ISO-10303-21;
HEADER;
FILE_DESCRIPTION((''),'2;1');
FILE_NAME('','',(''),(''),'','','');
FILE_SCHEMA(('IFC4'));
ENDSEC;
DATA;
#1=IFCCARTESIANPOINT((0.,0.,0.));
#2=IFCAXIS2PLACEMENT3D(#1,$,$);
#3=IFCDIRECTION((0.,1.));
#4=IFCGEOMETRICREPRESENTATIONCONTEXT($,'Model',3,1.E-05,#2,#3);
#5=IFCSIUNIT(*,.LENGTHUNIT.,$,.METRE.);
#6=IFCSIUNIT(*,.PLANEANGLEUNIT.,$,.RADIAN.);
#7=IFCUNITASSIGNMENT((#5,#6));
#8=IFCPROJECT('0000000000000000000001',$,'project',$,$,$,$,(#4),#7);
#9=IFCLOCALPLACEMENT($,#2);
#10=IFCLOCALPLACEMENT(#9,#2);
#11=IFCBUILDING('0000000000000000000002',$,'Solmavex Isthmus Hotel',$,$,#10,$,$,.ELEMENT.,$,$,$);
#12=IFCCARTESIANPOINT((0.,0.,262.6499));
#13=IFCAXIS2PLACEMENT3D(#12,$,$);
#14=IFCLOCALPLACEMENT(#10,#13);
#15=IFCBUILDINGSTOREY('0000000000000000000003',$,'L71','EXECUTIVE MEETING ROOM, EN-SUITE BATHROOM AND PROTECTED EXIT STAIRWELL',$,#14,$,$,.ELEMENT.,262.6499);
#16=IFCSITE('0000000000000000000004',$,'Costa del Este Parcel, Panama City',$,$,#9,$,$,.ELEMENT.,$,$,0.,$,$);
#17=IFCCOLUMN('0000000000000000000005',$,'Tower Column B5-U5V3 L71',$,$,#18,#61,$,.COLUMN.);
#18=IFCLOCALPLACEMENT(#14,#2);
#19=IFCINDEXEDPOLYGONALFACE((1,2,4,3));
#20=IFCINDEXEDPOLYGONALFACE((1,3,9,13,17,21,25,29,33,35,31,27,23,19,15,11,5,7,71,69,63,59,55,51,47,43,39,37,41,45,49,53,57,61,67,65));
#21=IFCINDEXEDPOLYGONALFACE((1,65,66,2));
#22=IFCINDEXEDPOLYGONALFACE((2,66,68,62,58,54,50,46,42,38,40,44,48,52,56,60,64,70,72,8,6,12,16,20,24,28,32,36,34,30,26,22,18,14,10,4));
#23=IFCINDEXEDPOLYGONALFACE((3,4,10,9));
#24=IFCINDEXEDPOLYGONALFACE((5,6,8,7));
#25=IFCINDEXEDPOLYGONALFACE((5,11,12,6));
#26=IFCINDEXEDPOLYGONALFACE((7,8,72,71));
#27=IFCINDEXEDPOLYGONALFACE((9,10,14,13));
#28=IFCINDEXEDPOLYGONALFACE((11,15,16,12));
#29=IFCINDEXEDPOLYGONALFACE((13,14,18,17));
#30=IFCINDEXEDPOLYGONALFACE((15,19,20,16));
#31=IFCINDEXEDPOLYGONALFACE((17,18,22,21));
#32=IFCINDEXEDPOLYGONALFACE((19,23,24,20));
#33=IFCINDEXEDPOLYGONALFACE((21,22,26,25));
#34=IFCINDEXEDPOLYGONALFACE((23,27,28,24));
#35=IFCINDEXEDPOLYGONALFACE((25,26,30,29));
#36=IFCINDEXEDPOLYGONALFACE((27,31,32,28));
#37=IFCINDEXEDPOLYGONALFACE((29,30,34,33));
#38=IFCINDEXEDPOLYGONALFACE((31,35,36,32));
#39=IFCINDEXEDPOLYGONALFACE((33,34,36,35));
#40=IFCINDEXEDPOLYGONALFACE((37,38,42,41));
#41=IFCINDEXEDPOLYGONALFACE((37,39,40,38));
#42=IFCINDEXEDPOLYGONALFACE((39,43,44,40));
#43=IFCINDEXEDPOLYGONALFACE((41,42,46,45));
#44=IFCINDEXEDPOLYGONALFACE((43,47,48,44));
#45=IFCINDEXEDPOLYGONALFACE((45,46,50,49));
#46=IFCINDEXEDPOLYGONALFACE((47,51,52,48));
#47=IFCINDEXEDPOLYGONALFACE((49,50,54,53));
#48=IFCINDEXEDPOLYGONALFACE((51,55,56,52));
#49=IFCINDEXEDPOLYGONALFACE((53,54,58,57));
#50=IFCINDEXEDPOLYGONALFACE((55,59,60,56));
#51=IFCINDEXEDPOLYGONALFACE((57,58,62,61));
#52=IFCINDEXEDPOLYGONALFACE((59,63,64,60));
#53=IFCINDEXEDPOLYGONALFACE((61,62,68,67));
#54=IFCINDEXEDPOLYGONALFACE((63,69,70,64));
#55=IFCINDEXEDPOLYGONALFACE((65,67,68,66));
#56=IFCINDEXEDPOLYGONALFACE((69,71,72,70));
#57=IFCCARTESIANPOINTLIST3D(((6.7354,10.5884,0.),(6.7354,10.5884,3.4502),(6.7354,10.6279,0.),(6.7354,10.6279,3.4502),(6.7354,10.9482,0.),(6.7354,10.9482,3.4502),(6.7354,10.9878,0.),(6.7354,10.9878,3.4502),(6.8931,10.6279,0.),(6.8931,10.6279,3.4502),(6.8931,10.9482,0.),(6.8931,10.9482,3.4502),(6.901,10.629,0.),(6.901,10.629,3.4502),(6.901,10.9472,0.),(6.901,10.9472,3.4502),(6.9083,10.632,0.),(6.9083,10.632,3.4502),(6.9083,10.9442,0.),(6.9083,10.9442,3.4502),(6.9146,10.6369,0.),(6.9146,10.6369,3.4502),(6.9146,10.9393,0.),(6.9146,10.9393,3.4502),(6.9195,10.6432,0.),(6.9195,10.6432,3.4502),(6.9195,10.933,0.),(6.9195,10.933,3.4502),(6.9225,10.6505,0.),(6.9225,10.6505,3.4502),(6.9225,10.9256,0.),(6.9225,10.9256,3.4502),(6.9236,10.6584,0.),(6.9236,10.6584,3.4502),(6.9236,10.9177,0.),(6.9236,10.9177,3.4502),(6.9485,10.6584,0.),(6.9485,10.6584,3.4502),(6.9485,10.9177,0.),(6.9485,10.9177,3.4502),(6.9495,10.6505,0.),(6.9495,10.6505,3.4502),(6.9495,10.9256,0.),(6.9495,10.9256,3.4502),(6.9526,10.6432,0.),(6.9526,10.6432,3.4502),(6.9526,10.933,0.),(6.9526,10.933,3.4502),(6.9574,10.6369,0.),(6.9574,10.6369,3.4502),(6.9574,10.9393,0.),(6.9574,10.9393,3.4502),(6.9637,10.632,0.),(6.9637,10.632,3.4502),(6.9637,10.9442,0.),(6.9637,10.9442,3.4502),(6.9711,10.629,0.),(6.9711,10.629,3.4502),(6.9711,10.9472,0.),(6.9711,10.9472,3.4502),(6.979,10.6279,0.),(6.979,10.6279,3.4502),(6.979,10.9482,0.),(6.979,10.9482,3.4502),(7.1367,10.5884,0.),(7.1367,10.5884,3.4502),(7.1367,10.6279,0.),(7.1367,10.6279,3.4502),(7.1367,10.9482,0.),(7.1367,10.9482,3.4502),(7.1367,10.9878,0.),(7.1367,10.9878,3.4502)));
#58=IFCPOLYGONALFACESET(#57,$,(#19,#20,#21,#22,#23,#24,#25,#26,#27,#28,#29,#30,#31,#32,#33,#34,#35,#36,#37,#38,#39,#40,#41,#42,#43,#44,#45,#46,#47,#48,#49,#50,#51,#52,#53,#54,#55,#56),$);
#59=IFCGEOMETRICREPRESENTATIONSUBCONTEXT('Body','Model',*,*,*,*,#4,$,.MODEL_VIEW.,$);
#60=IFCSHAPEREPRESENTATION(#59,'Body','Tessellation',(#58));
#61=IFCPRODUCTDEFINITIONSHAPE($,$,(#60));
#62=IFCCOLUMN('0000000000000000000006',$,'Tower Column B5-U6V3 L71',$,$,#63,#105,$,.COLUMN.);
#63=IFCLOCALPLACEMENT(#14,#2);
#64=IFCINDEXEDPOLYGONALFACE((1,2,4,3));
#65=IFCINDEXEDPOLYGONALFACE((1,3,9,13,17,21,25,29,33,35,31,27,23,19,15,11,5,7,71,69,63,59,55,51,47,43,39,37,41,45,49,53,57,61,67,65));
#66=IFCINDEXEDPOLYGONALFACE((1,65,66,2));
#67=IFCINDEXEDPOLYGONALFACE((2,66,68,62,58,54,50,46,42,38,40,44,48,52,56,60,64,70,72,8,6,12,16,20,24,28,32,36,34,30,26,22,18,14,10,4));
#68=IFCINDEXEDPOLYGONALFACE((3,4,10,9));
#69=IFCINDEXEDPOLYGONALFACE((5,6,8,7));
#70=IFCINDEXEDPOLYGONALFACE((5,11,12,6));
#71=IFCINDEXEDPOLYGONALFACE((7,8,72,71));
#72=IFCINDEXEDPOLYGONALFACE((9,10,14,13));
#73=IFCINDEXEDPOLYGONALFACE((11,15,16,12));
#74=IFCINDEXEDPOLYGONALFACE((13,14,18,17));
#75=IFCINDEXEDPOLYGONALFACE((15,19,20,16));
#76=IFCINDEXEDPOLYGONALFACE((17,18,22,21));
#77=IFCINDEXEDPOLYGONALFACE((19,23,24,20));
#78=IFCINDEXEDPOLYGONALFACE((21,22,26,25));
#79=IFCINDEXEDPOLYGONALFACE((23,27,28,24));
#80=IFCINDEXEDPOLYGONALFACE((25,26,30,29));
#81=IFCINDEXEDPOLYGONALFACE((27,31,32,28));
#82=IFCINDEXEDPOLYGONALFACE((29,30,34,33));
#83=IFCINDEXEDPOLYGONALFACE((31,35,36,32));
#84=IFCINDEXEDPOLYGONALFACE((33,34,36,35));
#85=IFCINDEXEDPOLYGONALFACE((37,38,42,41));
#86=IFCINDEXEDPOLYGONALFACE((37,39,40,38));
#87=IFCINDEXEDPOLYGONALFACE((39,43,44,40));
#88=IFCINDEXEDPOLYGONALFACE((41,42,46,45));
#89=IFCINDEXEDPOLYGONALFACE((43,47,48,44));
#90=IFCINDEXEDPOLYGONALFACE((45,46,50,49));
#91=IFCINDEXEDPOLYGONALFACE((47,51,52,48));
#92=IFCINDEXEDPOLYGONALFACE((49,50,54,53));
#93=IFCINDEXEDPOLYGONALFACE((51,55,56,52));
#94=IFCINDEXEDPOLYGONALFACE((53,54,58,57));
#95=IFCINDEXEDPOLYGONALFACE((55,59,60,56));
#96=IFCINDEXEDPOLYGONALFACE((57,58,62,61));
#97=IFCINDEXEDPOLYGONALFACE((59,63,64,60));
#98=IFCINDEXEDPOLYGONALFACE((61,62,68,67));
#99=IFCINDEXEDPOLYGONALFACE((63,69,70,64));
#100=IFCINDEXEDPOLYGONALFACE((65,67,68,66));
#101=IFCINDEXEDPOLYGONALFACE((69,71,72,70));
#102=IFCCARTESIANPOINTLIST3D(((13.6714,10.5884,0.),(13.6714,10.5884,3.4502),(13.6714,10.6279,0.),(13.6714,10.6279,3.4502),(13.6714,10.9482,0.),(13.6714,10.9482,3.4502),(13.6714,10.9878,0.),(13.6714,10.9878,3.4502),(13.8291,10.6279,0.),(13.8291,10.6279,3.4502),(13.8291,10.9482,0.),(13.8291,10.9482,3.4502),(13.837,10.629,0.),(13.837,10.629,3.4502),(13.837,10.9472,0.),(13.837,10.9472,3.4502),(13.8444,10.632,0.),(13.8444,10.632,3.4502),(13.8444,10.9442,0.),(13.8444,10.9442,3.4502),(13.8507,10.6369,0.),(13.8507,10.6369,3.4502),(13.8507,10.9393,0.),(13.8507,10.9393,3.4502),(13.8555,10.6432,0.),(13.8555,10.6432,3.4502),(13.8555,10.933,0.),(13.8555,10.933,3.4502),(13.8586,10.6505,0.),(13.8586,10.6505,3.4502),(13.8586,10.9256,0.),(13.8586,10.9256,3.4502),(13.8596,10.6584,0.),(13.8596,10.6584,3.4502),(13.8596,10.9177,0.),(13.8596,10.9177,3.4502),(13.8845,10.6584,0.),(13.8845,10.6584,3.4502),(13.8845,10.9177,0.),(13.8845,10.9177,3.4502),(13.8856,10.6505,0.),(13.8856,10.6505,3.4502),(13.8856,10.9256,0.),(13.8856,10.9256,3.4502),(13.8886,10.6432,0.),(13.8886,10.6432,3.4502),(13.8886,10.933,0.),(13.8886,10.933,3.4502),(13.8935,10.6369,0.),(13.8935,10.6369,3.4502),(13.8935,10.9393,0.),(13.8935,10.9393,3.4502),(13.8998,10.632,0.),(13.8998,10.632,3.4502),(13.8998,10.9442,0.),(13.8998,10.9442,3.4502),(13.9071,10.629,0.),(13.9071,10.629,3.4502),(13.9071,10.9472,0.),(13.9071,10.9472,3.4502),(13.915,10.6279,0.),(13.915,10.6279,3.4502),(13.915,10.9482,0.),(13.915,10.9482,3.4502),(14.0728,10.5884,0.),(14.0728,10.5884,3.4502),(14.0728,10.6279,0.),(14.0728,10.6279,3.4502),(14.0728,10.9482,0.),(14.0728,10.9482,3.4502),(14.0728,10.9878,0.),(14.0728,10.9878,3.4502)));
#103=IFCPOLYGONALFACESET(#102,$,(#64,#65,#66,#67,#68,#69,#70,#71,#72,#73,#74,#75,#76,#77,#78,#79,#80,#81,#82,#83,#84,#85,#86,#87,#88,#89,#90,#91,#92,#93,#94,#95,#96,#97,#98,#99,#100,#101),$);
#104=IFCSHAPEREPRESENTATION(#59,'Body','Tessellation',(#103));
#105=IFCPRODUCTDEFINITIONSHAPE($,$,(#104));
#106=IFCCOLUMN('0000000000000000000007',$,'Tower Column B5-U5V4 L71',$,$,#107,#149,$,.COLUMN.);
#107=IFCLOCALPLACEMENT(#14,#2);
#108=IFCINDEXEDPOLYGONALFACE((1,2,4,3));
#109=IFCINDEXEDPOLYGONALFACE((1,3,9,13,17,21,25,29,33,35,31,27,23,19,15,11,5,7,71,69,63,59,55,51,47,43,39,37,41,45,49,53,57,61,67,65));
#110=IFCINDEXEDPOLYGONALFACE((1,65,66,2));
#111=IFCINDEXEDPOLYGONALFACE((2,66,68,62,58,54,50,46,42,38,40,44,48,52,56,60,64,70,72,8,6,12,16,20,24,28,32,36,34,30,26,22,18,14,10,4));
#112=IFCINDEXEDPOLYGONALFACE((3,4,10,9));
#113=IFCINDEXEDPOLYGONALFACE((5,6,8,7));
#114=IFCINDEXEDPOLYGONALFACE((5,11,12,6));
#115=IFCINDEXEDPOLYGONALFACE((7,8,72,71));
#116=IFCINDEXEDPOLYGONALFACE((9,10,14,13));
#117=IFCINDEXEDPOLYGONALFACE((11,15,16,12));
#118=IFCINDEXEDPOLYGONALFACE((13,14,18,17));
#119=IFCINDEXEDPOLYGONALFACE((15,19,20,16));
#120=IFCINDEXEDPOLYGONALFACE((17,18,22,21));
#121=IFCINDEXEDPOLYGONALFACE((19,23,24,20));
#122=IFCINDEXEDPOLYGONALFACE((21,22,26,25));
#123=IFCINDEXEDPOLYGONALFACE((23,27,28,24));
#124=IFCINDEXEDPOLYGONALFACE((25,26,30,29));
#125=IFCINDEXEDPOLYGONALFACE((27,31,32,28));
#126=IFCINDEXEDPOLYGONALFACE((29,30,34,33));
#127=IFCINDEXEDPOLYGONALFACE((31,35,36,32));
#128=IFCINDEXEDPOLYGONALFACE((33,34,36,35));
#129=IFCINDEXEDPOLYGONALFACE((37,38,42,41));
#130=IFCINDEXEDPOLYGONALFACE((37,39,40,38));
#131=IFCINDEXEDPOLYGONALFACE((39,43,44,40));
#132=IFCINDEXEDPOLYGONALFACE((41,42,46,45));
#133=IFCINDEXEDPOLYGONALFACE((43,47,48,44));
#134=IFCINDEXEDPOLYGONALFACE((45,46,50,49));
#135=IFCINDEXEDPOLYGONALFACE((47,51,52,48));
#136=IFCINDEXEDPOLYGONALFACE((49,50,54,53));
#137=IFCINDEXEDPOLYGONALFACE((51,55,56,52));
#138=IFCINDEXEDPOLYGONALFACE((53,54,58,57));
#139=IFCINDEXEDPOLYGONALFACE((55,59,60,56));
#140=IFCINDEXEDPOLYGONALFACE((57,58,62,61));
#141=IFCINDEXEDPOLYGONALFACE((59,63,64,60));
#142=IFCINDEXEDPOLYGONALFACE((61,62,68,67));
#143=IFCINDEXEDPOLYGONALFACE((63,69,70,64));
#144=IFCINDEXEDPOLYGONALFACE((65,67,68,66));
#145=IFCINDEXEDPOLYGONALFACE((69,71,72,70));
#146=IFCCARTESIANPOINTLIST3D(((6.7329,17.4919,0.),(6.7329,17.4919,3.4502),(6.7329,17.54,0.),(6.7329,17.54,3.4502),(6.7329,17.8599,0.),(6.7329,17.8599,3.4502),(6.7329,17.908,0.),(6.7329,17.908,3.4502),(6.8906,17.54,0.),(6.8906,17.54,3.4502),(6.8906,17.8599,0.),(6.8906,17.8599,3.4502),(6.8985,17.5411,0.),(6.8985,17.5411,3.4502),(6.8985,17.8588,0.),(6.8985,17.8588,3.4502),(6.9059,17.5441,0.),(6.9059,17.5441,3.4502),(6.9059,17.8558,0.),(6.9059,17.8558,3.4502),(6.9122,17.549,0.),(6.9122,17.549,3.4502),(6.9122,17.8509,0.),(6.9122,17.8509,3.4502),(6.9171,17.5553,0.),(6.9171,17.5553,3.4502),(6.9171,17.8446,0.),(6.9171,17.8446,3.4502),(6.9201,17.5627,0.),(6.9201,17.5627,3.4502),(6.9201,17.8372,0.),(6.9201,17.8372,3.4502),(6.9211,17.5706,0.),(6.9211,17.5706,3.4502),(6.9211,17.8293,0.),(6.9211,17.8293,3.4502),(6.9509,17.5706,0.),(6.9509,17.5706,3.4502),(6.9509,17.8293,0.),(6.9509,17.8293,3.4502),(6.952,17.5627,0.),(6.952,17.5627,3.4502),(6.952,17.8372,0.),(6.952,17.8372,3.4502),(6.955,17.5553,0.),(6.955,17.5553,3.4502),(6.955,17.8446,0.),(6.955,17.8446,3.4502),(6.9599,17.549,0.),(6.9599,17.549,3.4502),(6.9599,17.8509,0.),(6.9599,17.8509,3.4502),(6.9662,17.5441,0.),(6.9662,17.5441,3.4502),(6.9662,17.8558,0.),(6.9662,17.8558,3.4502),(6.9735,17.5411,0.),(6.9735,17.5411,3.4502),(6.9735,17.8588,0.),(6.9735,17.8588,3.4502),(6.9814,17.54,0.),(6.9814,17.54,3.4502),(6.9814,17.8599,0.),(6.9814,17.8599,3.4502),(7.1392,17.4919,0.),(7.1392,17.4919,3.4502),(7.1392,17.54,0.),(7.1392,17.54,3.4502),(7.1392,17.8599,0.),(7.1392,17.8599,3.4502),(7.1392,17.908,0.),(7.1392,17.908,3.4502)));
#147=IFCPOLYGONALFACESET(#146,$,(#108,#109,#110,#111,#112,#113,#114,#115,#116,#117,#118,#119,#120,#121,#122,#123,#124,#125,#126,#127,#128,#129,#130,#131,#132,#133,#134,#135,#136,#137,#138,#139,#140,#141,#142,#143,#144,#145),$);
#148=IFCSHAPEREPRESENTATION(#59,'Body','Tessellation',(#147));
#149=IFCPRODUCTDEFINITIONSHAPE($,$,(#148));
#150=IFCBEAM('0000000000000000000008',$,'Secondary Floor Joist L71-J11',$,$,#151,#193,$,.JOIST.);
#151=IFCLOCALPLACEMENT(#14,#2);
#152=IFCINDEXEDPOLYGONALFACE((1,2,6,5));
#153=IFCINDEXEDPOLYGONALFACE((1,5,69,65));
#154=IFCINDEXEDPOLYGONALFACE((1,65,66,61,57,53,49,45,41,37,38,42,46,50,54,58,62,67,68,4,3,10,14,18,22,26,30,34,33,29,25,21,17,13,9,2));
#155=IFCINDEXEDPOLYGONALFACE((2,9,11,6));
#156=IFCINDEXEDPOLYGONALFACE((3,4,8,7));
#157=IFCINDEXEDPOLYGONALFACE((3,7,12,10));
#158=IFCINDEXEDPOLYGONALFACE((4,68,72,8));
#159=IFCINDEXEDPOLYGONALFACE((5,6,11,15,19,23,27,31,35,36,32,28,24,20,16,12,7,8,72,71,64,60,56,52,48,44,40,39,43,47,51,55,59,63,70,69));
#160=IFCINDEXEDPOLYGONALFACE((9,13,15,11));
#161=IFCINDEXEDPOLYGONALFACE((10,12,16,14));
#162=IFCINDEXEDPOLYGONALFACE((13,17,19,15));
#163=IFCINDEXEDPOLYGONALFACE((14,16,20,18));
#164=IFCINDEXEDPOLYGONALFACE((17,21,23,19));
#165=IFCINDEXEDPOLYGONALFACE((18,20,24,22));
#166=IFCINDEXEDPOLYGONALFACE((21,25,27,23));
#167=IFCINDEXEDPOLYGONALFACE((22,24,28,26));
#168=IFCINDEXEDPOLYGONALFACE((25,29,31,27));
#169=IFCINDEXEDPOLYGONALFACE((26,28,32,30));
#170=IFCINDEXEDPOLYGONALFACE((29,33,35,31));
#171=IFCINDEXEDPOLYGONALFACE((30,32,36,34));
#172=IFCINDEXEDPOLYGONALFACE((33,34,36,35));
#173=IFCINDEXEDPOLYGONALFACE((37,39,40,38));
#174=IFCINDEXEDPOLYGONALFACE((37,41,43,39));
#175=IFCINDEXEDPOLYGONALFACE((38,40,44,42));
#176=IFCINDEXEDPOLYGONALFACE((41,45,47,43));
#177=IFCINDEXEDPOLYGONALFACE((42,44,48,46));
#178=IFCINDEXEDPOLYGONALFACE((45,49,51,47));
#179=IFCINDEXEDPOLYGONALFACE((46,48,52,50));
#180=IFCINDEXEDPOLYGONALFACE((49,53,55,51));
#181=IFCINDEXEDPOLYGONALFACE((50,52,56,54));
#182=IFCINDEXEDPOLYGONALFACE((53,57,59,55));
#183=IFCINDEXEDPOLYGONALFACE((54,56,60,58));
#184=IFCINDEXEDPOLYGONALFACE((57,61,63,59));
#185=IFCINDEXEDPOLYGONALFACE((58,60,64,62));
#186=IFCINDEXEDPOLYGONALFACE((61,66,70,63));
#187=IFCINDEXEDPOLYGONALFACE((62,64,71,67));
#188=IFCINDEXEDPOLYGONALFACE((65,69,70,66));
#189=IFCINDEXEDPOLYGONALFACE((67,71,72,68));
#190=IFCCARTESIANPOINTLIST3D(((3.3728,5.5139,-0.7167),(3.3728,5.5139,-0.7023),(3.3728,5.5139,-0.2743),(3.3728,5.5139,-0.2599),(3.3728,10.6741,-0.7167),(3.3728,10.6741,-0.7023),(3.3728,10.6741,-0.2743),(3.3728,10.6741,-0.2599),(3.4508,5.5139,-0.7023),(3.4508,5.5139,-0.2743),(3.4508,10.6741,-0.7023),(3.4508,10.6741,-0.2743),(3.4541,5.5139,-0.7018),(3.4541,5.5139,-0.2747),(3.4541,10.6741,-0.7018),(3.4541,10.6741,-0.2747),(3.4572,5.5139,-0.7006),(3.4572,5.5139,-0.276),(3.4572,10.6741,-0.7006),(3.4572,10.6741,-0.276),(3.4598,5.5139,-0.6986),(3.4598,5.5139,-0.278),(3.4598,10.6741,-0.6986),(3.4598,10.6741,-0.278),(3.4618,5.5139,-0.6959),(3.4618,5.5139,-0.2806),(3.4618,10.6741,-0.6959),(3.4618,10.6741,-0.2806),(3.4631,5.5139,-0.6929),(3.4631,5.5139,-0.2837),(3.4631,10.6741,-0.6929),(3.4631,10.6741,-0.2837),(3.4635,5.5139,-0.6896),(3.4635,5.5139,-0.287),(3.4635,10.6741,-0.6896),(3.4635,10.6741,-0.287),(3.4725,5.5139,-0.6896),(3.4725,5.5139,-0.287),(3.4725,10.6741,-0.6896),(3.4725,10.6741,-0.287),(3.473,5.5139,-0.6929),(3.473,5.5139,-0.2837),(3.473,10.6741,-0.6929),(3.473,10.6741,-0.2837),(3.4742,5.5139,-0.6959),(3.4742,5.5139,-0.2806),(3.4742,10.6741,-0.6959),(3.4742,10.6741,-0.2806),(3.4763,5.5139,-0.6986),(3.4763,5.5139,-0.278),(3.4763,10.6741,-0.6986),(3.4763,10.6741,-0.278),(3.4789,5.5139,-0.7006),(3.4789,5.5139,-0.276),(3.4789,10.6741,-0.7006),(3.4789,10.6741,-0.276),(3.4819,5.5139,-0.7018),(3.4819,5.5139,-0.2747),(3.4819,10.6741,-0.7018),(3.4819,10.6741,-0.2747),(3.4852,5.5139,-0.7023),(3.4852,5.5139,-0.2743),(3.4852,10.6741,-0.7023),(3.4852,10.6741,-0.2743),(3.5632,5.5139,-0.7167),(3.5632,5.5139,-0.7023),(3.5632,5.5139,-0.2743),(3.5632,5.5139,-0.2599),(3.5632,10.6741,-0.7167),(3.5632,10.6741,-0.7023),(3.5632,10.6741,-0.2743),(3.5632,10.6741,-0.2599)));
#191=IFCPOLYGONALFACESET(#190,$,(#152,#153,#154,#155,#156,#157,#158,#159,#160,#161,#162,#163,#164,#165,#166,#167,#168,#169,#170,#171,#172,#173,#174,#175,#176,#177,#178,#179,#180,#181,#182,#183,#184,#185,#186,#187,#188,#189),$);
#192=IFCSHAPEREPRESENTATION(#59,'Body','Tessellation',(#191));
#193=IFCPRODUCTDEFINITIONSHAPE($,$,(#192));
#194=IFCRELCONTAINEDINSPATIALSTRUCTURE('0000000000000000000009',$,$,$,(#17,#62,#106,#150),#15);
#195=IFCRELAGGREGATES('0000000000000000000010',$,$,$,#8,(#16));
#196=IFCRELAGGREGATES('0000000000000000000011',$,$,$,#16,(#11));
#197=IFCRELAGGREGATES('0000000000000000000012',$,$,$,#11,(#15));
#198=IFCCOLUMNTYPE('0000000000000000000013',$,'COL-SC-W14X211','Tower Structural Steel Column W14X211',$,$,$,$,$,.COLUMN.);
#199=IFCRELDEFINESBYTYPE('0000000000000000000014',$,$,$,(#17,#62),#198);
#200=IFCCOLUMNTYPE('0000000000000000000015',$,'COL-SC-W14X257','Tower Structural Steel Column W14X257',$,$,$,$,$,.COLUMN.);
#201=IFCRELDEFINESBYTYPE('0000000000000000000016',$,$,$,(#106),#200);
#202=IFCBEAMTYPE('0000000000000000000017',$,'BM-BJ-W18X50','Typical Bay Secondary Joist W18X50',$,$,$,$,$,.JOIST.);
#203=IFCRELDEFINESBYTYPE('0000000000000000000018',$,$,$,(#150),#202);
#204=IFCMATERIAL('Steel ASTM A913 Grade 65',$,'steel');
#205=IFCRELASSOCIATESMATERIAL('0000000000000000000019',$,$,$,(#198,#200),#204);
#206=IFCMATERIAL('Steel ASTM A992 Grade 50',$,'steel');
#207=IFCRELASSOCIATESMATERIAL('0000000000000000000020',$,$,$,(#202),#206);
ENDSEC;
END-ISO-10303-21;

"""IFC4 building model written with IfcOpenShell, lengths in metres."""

from ifc_helpers import new_model, si_unit, direction, frame, origin, origin_2d, place, context, subcontext, project, spatial, i_section, extrude, material, material_profile, profile_set, type_object, element, save


model = new_model("IFC4")

# Units and contexts
model_context = context("Model", 3, precision=1e-05, world=origin(), true_north=direction((0.0, 1.0)))
body_context = subcontext(model_context, "Body", "Model", "MODEL_VIEW")
ifc_project = project(units=[si_unit("LENGTHUNIT", "METRE"), si_unit("PLANEANGLEUNIT", "RADIAN")], contexts=[model_context])

# Site, building, storey
site_placement = place(None, origin())
site = spatial("IfcSite", under=ifc_project, at=site_placement, Name="Costa del Este Parcel, Panama City", CompositionType="ELEMENT", RefElevation=0.0)
building_placement = place(site_placement, origin())
building = spatial("IfcBuilding", under=site, at=building_placement, Name="Solmavex Isthmus Hotel", CompositionType="ELEMENT")
storey_placement = place(building_placement, frame((0.0, 0.0, 262.6499)))
storey = spatial("IfcBuildingStorey", under=building, at=storey_placement, Name="L71", Description="EXECUTIVE MEETING ROOM, EN-SUITE BATHROOM AND PROTECTED EXIT STAIRWELL", CompositionType="ELEMENT", Elevation=262.6499)

# Columns
ifc_material_1 = material(Name="Steel ASTM A913 Grade 65", Category="steel")
ifc_material_profile_1 = material_profile(ifc_material_1, i_section(OverallWidth=0.4014, OverallDepth=0.3994, WebThickness=0.0249, FlangeThickness=0.0396, FilletRadius=0.0305, at=origin_2d()), Name="W14X211")
ifc_profile_set_1 = profile_set([ifc_material_profile_1], Name="Steel ASTM A913 Grade 65")
column_type_1 = type_object("IfcColumnType", Name="COL-SC-W14X211", Description="Tower Structural Steel Column W14X211", PredefinedType="COLUMN", material=ifc_profile_set_1)
for number, where, z_axis, x_axis, name in (
    (1, (6.936, 10.7881, 0.0), (0.0, 0.0, 1.0), (1.0, 0.0, 0.0), "Tower Column B5-U5V3 L71"),
    (2, (13.8721, 10.7881, 0.0), (0.0, 0.0, 1.0), (1.0, 0.0, 0.0), "Tower Column B5-U6V3 L71"),
):
    element("IfcColumn", number, at=place(storey_placement, frame(where, z_axis=z_axis, x_axis=x_axis)), inside=storey, type_object=column_type_1, Name=name, PredefinedType="COLUMN", context=body_context, shape_type="SweptSolid", body=[
        extrude(i_section(OverallWidth=0.4014, OverallDepth=0.3994, WebThickness=0.0249, FlangeThickness=0.0396, FilletRadius=0.0305, at=origin_2d()), origin(), (0.0, 0.0, 1.0), 3.4502),
    ])
ifc_material_profile_2 = material_profile(ifc_material_1, i_section(OverallWidth=0.4062, OverallDepth=0.416, WebThickness=0.0298, FlangeThickness=0.0481, FilletRadius=0.0305, at=origin_2d()), Name="W14X257")
ifc_profile_set_2 = profile_set([ifc_material_profile_2], Name="Steel ASTM A913 Grade 65")
column_type_2 = type_object("IfcColumnType", Name="COL-SC-W14X257", Description="Tower Structural Steel Column W14X257", PredefinedType="COLUMN", material=ifc_profile_set_2)
column_placement = place(storey_placement, frame((6.936, 17.7, 0.0), z_axis=(0.0, 0.0, 1.0), x_axis=(1.0, 0.0, 0.0)))
element("IfcColumn", 3, at=column_placement, inside=storey, type_object=column_type_2, Name="Tower Column B5-U5V4 L71", PredefinedType="COLUMN", context=body_context, shape_type="SweptSolid", body=[
    extrude(i_section(OverallWidth=0.4062, OverallDepth=0.416, WebThickness=0.0298, FlangeThickness=0.0481, FilletRadius=0.0305, at=origin_2d()), origin(), (0.0, 0.0, 1.0), 3.4502),
])

# Beam
ifc_material_2 = material(Name="Steel ASTM A992 Grade 50", Category="steel")
ifc_material_profile_3 = material_profile(ifc_material_2, i_section(OverallWidth=0.1904, OverallDepth=0.4568, WebThickness=0.009, FlangeThickness=0.0144, FilletRadius=0.0127, at=origin_2d()), Name="W18X50")
ifc_profile_set_3 = profile_set([ifc_material_profile_3], Name="Steel ASTM A992 Grade 50")
beam_type_1 = type_object("IfcBeamType", Name="BM-BJ-W18X50", Description="Typical Bay Secondary Joist W18X50", PredefinedType="JOIST", material=ifc_profile_set_3)
beam_1_placement = place(storey_placement, frame((3.468, 5.5139, -0.4883), z_axis=(0.0, 1.0, 0.0), x_axis=(-1.0, 0.0, 0.0)))
element("IfcBeam", 4, at=beam_1_placement, inside=storey, type_object=beam_type_1, Name="Secondary Floor Joist L71-J11", PredefinedType="JOIST", context=body_context, shape_type="SweptSolid", body=[
    extrude(i_section(OverallWidth=0.1904, OverallDepth=0.4568, WebThickness=0.009, FlangeThickness=0.0144, FilletRadius=0.0127, at=origin_2d()), origin(), (0.0, 0.0, 1.0), 5.1602),
])

save(model, "model.ifc")
